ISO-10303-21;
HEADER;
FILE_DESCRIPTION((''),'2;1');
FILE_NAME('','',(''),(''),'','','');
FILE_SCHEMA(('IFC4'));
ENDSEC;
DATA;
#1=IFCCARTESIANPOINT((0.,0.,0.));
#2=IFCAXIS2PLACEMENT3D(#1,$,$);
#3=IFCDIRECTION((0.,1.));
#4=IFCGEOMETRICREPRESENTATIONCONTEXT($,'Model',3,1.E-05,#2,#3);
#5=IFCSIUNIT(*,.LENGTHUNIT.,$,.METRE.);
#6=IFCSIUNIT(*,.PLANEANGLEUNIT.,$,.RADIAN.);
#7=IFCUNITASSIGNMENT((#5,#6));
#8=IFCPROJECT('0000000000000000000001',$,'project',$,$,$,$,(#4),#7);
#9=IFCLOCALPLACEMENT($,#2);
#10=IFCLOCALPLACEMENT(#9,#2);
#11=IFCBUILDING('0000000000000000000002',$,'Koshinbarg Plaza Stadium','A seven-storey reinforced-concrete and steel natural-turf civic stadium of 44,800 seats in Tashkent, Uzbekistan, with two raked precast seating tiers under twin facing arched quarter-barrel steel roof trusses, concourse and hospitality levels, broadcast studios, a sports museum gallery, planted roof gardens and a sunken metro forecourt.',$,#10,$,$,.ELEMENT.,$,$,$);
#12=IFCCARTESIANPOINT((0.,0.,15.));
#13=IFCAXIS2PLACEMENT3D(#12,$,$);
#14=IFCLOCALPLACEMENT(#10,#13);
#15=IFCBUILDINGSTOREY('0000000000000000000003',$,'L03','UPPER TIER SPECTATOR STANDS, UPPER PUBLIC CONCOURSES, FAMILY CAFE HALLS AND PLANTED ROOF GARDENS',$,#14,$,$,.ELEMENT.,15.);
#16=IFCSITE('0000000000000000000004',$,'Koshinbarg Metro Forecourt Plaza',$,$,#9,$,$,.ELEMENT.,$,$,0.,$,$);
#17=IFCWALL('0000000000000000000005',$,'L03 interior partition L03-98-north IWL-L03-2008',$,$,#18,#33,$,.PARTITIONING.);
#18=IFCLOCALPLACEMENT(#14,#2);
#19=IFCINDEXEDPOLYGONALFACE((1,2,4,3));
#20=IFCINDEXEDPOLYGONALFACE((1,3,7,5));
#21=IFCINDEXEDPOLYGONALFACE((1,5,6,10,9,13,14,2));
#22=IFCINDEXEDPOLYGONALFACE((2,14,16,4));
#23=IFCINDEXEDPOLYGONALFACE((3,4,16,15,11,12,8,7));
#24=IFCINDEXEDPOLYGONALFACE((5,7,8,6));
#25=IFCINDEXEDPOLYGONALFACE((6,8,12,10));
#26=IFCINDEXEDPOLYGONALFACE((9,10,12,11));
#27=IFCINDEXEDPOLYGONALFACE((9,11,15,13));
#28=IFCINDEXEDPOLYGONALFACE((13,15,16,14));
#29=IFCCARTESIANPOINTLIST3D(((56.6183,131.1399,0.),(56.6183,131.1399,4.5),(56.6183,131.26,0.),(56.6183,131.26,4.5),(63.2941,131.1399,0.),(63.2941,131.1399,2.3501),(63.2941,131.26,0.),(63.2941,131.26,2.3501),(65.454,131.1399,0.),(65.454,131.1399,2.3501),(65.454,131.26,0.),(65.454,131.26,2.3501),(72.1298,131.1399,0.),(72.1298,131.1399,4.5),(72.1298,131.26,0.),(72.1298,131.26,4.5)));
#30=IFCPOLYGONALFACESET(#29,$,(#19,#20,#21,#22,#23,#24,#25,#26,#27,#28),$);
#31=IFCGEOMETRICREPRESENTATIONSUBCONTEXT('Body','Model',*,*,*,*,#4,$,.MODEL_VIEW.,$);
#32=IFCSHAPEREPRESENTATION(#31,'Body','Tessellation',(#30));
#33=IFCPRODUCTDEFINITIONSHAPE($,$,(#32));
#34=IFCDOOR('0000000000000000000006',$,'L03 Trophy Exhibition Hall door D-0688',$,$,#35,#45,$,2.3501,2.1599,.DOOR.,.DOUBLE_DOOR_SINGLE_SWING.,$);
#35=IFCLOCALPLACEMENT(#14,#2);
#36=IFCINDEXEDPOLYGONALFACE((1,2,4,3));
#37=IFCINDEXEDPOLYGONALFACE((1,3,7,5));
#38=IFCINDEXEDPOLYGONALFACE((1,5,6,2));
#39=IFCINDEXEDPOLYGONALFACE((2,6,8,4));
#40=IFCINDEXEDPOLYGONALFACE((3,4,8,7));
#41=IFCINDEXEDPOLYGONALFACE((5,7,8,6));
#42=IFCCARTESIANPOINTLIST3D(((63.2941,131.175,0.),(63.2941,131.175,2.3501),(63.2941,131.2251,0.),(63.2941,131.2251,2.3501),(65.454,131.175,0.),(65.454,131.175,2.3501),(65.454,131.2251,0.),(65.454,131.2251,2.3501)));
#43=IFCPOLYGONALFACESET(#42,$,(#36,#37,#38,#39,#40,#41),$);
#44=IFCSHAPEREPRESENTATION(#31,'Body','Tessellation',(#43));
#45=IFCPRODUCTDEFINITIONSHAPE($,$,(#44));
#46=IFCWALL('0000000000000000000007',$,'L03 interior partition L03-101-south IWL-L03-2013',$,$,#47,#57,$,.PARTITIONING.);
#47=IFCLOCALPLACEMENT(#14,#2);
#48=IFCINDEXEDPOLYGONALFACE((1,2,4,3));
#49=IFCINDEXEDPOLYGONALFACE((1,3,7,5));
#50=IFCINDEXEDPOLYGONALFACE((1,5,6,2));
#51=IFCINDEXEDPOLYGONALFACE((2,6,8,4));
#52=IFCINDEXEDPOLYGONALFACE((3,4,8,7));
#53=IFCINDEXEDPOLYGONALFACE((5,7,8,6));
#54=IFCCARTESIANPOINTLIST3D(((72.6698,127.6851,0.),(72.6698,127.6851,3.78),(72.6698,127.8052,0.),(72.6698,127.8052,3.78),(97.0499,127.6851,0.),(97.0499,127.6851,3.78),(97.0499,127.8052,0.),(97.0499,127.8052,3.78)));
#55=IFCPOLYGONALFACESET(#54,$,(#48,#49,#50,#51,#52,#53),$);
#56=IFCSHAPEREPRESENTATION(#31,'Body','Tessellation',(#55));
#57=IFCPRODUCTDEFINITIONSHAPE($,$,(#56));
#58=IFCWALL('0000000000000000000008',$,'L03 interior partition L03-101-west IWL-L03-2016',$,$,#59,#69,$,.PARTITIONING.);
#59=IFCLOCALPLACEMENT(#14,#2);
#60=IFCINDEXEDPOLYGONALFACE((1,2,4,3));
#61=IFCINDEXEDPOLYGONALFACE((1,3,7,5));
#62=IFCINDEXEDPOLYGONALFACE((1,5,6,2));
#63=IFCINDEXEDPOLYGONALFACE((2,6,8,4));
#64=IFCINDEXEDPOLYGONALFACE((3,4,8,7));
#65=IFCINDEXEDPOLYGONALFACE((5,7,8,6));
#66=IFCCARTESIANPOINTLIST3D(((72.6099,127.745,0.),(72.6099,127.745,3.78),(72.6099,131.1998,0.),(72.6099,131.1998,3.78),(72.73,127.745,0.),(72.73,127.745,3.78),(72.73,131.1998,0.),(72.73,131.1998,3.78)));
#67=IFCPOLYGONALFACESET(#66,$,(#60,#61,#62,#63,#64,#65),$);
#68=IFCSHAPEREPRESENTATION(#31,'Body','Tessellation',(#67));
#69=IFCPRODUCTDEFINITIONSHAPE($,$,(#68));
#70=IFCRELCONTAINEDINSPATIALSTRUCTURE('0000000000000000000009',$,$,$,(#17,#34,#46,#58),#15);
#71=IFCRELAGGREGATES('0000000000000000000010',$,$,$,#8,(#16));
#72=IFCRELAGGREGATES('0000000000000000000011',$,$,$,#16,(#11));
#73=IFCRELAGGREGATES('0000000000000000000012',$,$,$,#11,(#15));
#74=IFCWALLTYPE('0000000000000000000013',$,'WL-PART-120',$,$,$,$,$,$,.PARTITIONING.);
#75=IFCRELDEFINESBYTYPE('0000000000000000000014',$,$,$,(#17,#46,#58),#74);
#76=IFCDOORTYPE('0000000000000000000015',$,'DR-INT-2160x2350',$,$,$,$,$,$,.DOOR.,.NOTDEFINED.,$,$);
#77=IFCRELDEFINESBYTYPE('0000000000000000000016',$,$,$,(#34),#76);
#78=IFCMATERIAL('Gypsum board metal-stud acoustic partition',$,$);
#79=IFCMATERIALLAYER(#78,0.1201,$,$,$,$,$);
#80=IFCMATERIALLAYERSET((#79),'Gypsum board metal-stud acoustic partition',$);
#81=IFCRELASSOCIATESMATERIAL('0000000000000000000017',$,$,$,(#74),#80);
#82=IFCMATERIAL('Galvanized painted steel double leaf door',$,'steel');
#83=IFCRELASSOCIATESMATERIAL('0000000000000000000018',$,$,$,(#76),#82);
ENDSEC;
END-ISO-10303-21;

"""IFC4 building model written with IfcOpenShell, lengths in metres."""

from ifc_helpers import new_model, si_unit, direction, frame, frame_2d, origin, place, context, subcontext, project, spatial, rectangle, extrude, material, layer, layer_set, type_object, element, fill, save


model = new_model("IFC4")

# Units and contexts
model_context = context("Model", 3, precision=1e-05, world=origin(), true_north=direction((0.0, 1.0)))
body_context = subcontext(model_context, "Body", "Model", "MODEL_VIEW")
ifc_project = project(units=[si_unit("LENGTHUNIT", "METRE"), si_unit("PLANEANGLEUNIT", "RADIAN")], contexts=[model_context])

# Site, building, storey
site_placement = place(None, origin())
site = spatial("IfcSite", under=ifc_project, at=site_placement, Name="Koshinbarg Metro Forecourt Plaza", CompositionType="ELEMENT", RefElevation=0.0)
building_placement = place(site_placement, origin())
building = spatial("IfcBuilding", under=site, at=building_placement, Name="Koshinbarg Plaza Stadium", Description="A seven-storey reinforced-concrete and steel natural-turf civic stadium of 44,800 seats in Tashkent, Uzbekistan, with two raked precast seating tiers under twin facing arched quarter-barrel steel roof trusses, concourse and hospitality levels, broadcast studios, a sports museum gallery, planted roof gardens and a sunken metro forecourt.", CompositionType="ELEMENT")
storey_placement = place(building_placement, frame((0.0, 0.0, 15.0)))
storey = spatial("IfcBuildingStorey", under=building, at=storey_placement, Name="L03", Description="UPPER TIER SPECTATOR STANDS, UPPER PUBLIC CONCOURSES, FAMILY CAFE HALLS AND PLANTED ROOF GARDENS", CompositionType="ELEMENT", Elevation=15.0)

# Shared definitions
ifc_material_1 = material(Name="Gypsum board metal-stud acoustic partition")
ifc_layer_1 = layer(ifc_material_1, 0.1201)
ifc_layer_set_1 = layer_set([ifc_layer_1], Name="Gypsum board metal-stud acoustic partition")
wall_type_1 = type_object("IfcWallType", Name="WL-PART-120", PredefinedType="PARTITIONING", material=ifc_layer_set_1)

# Wall, opening, door
wall_1_placement = place(storey_placement, frame((72.1299, 131.2, 0.0), z_axis=(0.0, 0.0, 1.0), x_axis=(-1.0, 0.0, 0.0)))
wall_1 = element("IfcWall", 1, at=wall_1_placement, inside=storey, type_object=wall_type_1, Name="L03 interior partition L03-98-north IWL-L03-2008", PredefinedType="PARTITIONING", context=body_context, shape_type="SweptSolid", body=[
    extrude(rectangle(XDim=15.5115, YDim=0.1201, at=frame_2d((7.7559, 0.0))), origin(), (0.0, 0.0, 1.0), 4.5),
])
opening_1_placement = place(wall_1_placement, frame((6.6758, 0.0, 0.0)))
opening_1 = element("IfcOpeningElement", 2, at=opening_1_placement, cuts=wall_1, PredefinedType="OPENING", context=body_context, shape_type="SweptSolid", body=[
    extrude(rectangle(XDim=2.1599, YDim=2.3501, at=frame_2d((1.0801, 1.175))), frame((0.0, 0.0701, 0.0), z_axis=(0.0, -1.0, 0.0), x_axis=(1.0, 0.0, 0.0)), (0.0, 0.0, 1.0), 0.1401),
])
ifc_material_2 = material(Name="Galvanized painted steel double leaf door", Category="steel")
door_type_1 = type_object("IfcDoorType", Name="DR-INT-2160x2350", OperationType="NOTDEFINED", PredefinedType="DOOR", material=ifc_material_2)
door_1_placement = place(opening_1_placement, origin())
door_1 = element("IfcDoor", 3, at=door_1_placement, inside=storey, type_object=door_type_1, Name="L03 Trophy Exhibition Hall door D-0688", OperationType="DOUBLE_DOOR_SINGLE_SWING", OverallHeight=2.3501, OverallWidth=2.1599, PredefinedType="DOOR", context=body_context, shape_type="SweptSolid", body=[
    extrude(rectangle(XDim=2.1599, YDim=2.3501, at=frame_2d((1.0801, 1.175))), frame((0.0, 0.0249, 0.0), z_axis=(0.0, -1.0, 0.0), x_axis=(1.0, 0.0, 0.0)), (0.0, 0.0, 1.0), 0.05),
])
fill(opening_1, door_1)

# Walls
wall_2_placement = place(storey_placement, frame((72.6699, 127.7451, 0.0), z_axis=(0.0, 0.0, 1.0), x_axis=(1.0, 0.0, 0.0)))
element("IfcWall", 4, at=wall_2_placement, inside=storey, type_object=wall_type_1, Name="L03 interior partition L03-101-south IWL-L03-2013", PredefinedType="PARTITIONING", context=body_context, shape_type="SweptSolid", body=[
    extrude(rectangle(XDim=24.3801, YDim=0.1201, at=frame_2d((12.1899, 0.0))), origin(), (0.0, 0.0, 1.0), 3.78),
])
wall_3_placement = place(storey_placement, frame((72.6699, 131.2, 0.0), z_axis=(0.0, 0.0, 1.0), x_axis=(0.0, -1.0, 0.0)))
element("IfcWall", 5, at=wall_3_placement, inside=storey, type_object=wall_type_1, Name="L03 interior partition L03-101-west IWL-L03-2016", PredefinedType="PARTITIONING", context=body_context, shape_type="SweptSolid", body=[
    extrude(rectangle(XDim=3.4548, YDim=0.1201, at=frame_2d((1.7275, 0.0))), origin(), (0.0, 0.0, 1.0), 3.78),
])

save(model, "model.ifc")
